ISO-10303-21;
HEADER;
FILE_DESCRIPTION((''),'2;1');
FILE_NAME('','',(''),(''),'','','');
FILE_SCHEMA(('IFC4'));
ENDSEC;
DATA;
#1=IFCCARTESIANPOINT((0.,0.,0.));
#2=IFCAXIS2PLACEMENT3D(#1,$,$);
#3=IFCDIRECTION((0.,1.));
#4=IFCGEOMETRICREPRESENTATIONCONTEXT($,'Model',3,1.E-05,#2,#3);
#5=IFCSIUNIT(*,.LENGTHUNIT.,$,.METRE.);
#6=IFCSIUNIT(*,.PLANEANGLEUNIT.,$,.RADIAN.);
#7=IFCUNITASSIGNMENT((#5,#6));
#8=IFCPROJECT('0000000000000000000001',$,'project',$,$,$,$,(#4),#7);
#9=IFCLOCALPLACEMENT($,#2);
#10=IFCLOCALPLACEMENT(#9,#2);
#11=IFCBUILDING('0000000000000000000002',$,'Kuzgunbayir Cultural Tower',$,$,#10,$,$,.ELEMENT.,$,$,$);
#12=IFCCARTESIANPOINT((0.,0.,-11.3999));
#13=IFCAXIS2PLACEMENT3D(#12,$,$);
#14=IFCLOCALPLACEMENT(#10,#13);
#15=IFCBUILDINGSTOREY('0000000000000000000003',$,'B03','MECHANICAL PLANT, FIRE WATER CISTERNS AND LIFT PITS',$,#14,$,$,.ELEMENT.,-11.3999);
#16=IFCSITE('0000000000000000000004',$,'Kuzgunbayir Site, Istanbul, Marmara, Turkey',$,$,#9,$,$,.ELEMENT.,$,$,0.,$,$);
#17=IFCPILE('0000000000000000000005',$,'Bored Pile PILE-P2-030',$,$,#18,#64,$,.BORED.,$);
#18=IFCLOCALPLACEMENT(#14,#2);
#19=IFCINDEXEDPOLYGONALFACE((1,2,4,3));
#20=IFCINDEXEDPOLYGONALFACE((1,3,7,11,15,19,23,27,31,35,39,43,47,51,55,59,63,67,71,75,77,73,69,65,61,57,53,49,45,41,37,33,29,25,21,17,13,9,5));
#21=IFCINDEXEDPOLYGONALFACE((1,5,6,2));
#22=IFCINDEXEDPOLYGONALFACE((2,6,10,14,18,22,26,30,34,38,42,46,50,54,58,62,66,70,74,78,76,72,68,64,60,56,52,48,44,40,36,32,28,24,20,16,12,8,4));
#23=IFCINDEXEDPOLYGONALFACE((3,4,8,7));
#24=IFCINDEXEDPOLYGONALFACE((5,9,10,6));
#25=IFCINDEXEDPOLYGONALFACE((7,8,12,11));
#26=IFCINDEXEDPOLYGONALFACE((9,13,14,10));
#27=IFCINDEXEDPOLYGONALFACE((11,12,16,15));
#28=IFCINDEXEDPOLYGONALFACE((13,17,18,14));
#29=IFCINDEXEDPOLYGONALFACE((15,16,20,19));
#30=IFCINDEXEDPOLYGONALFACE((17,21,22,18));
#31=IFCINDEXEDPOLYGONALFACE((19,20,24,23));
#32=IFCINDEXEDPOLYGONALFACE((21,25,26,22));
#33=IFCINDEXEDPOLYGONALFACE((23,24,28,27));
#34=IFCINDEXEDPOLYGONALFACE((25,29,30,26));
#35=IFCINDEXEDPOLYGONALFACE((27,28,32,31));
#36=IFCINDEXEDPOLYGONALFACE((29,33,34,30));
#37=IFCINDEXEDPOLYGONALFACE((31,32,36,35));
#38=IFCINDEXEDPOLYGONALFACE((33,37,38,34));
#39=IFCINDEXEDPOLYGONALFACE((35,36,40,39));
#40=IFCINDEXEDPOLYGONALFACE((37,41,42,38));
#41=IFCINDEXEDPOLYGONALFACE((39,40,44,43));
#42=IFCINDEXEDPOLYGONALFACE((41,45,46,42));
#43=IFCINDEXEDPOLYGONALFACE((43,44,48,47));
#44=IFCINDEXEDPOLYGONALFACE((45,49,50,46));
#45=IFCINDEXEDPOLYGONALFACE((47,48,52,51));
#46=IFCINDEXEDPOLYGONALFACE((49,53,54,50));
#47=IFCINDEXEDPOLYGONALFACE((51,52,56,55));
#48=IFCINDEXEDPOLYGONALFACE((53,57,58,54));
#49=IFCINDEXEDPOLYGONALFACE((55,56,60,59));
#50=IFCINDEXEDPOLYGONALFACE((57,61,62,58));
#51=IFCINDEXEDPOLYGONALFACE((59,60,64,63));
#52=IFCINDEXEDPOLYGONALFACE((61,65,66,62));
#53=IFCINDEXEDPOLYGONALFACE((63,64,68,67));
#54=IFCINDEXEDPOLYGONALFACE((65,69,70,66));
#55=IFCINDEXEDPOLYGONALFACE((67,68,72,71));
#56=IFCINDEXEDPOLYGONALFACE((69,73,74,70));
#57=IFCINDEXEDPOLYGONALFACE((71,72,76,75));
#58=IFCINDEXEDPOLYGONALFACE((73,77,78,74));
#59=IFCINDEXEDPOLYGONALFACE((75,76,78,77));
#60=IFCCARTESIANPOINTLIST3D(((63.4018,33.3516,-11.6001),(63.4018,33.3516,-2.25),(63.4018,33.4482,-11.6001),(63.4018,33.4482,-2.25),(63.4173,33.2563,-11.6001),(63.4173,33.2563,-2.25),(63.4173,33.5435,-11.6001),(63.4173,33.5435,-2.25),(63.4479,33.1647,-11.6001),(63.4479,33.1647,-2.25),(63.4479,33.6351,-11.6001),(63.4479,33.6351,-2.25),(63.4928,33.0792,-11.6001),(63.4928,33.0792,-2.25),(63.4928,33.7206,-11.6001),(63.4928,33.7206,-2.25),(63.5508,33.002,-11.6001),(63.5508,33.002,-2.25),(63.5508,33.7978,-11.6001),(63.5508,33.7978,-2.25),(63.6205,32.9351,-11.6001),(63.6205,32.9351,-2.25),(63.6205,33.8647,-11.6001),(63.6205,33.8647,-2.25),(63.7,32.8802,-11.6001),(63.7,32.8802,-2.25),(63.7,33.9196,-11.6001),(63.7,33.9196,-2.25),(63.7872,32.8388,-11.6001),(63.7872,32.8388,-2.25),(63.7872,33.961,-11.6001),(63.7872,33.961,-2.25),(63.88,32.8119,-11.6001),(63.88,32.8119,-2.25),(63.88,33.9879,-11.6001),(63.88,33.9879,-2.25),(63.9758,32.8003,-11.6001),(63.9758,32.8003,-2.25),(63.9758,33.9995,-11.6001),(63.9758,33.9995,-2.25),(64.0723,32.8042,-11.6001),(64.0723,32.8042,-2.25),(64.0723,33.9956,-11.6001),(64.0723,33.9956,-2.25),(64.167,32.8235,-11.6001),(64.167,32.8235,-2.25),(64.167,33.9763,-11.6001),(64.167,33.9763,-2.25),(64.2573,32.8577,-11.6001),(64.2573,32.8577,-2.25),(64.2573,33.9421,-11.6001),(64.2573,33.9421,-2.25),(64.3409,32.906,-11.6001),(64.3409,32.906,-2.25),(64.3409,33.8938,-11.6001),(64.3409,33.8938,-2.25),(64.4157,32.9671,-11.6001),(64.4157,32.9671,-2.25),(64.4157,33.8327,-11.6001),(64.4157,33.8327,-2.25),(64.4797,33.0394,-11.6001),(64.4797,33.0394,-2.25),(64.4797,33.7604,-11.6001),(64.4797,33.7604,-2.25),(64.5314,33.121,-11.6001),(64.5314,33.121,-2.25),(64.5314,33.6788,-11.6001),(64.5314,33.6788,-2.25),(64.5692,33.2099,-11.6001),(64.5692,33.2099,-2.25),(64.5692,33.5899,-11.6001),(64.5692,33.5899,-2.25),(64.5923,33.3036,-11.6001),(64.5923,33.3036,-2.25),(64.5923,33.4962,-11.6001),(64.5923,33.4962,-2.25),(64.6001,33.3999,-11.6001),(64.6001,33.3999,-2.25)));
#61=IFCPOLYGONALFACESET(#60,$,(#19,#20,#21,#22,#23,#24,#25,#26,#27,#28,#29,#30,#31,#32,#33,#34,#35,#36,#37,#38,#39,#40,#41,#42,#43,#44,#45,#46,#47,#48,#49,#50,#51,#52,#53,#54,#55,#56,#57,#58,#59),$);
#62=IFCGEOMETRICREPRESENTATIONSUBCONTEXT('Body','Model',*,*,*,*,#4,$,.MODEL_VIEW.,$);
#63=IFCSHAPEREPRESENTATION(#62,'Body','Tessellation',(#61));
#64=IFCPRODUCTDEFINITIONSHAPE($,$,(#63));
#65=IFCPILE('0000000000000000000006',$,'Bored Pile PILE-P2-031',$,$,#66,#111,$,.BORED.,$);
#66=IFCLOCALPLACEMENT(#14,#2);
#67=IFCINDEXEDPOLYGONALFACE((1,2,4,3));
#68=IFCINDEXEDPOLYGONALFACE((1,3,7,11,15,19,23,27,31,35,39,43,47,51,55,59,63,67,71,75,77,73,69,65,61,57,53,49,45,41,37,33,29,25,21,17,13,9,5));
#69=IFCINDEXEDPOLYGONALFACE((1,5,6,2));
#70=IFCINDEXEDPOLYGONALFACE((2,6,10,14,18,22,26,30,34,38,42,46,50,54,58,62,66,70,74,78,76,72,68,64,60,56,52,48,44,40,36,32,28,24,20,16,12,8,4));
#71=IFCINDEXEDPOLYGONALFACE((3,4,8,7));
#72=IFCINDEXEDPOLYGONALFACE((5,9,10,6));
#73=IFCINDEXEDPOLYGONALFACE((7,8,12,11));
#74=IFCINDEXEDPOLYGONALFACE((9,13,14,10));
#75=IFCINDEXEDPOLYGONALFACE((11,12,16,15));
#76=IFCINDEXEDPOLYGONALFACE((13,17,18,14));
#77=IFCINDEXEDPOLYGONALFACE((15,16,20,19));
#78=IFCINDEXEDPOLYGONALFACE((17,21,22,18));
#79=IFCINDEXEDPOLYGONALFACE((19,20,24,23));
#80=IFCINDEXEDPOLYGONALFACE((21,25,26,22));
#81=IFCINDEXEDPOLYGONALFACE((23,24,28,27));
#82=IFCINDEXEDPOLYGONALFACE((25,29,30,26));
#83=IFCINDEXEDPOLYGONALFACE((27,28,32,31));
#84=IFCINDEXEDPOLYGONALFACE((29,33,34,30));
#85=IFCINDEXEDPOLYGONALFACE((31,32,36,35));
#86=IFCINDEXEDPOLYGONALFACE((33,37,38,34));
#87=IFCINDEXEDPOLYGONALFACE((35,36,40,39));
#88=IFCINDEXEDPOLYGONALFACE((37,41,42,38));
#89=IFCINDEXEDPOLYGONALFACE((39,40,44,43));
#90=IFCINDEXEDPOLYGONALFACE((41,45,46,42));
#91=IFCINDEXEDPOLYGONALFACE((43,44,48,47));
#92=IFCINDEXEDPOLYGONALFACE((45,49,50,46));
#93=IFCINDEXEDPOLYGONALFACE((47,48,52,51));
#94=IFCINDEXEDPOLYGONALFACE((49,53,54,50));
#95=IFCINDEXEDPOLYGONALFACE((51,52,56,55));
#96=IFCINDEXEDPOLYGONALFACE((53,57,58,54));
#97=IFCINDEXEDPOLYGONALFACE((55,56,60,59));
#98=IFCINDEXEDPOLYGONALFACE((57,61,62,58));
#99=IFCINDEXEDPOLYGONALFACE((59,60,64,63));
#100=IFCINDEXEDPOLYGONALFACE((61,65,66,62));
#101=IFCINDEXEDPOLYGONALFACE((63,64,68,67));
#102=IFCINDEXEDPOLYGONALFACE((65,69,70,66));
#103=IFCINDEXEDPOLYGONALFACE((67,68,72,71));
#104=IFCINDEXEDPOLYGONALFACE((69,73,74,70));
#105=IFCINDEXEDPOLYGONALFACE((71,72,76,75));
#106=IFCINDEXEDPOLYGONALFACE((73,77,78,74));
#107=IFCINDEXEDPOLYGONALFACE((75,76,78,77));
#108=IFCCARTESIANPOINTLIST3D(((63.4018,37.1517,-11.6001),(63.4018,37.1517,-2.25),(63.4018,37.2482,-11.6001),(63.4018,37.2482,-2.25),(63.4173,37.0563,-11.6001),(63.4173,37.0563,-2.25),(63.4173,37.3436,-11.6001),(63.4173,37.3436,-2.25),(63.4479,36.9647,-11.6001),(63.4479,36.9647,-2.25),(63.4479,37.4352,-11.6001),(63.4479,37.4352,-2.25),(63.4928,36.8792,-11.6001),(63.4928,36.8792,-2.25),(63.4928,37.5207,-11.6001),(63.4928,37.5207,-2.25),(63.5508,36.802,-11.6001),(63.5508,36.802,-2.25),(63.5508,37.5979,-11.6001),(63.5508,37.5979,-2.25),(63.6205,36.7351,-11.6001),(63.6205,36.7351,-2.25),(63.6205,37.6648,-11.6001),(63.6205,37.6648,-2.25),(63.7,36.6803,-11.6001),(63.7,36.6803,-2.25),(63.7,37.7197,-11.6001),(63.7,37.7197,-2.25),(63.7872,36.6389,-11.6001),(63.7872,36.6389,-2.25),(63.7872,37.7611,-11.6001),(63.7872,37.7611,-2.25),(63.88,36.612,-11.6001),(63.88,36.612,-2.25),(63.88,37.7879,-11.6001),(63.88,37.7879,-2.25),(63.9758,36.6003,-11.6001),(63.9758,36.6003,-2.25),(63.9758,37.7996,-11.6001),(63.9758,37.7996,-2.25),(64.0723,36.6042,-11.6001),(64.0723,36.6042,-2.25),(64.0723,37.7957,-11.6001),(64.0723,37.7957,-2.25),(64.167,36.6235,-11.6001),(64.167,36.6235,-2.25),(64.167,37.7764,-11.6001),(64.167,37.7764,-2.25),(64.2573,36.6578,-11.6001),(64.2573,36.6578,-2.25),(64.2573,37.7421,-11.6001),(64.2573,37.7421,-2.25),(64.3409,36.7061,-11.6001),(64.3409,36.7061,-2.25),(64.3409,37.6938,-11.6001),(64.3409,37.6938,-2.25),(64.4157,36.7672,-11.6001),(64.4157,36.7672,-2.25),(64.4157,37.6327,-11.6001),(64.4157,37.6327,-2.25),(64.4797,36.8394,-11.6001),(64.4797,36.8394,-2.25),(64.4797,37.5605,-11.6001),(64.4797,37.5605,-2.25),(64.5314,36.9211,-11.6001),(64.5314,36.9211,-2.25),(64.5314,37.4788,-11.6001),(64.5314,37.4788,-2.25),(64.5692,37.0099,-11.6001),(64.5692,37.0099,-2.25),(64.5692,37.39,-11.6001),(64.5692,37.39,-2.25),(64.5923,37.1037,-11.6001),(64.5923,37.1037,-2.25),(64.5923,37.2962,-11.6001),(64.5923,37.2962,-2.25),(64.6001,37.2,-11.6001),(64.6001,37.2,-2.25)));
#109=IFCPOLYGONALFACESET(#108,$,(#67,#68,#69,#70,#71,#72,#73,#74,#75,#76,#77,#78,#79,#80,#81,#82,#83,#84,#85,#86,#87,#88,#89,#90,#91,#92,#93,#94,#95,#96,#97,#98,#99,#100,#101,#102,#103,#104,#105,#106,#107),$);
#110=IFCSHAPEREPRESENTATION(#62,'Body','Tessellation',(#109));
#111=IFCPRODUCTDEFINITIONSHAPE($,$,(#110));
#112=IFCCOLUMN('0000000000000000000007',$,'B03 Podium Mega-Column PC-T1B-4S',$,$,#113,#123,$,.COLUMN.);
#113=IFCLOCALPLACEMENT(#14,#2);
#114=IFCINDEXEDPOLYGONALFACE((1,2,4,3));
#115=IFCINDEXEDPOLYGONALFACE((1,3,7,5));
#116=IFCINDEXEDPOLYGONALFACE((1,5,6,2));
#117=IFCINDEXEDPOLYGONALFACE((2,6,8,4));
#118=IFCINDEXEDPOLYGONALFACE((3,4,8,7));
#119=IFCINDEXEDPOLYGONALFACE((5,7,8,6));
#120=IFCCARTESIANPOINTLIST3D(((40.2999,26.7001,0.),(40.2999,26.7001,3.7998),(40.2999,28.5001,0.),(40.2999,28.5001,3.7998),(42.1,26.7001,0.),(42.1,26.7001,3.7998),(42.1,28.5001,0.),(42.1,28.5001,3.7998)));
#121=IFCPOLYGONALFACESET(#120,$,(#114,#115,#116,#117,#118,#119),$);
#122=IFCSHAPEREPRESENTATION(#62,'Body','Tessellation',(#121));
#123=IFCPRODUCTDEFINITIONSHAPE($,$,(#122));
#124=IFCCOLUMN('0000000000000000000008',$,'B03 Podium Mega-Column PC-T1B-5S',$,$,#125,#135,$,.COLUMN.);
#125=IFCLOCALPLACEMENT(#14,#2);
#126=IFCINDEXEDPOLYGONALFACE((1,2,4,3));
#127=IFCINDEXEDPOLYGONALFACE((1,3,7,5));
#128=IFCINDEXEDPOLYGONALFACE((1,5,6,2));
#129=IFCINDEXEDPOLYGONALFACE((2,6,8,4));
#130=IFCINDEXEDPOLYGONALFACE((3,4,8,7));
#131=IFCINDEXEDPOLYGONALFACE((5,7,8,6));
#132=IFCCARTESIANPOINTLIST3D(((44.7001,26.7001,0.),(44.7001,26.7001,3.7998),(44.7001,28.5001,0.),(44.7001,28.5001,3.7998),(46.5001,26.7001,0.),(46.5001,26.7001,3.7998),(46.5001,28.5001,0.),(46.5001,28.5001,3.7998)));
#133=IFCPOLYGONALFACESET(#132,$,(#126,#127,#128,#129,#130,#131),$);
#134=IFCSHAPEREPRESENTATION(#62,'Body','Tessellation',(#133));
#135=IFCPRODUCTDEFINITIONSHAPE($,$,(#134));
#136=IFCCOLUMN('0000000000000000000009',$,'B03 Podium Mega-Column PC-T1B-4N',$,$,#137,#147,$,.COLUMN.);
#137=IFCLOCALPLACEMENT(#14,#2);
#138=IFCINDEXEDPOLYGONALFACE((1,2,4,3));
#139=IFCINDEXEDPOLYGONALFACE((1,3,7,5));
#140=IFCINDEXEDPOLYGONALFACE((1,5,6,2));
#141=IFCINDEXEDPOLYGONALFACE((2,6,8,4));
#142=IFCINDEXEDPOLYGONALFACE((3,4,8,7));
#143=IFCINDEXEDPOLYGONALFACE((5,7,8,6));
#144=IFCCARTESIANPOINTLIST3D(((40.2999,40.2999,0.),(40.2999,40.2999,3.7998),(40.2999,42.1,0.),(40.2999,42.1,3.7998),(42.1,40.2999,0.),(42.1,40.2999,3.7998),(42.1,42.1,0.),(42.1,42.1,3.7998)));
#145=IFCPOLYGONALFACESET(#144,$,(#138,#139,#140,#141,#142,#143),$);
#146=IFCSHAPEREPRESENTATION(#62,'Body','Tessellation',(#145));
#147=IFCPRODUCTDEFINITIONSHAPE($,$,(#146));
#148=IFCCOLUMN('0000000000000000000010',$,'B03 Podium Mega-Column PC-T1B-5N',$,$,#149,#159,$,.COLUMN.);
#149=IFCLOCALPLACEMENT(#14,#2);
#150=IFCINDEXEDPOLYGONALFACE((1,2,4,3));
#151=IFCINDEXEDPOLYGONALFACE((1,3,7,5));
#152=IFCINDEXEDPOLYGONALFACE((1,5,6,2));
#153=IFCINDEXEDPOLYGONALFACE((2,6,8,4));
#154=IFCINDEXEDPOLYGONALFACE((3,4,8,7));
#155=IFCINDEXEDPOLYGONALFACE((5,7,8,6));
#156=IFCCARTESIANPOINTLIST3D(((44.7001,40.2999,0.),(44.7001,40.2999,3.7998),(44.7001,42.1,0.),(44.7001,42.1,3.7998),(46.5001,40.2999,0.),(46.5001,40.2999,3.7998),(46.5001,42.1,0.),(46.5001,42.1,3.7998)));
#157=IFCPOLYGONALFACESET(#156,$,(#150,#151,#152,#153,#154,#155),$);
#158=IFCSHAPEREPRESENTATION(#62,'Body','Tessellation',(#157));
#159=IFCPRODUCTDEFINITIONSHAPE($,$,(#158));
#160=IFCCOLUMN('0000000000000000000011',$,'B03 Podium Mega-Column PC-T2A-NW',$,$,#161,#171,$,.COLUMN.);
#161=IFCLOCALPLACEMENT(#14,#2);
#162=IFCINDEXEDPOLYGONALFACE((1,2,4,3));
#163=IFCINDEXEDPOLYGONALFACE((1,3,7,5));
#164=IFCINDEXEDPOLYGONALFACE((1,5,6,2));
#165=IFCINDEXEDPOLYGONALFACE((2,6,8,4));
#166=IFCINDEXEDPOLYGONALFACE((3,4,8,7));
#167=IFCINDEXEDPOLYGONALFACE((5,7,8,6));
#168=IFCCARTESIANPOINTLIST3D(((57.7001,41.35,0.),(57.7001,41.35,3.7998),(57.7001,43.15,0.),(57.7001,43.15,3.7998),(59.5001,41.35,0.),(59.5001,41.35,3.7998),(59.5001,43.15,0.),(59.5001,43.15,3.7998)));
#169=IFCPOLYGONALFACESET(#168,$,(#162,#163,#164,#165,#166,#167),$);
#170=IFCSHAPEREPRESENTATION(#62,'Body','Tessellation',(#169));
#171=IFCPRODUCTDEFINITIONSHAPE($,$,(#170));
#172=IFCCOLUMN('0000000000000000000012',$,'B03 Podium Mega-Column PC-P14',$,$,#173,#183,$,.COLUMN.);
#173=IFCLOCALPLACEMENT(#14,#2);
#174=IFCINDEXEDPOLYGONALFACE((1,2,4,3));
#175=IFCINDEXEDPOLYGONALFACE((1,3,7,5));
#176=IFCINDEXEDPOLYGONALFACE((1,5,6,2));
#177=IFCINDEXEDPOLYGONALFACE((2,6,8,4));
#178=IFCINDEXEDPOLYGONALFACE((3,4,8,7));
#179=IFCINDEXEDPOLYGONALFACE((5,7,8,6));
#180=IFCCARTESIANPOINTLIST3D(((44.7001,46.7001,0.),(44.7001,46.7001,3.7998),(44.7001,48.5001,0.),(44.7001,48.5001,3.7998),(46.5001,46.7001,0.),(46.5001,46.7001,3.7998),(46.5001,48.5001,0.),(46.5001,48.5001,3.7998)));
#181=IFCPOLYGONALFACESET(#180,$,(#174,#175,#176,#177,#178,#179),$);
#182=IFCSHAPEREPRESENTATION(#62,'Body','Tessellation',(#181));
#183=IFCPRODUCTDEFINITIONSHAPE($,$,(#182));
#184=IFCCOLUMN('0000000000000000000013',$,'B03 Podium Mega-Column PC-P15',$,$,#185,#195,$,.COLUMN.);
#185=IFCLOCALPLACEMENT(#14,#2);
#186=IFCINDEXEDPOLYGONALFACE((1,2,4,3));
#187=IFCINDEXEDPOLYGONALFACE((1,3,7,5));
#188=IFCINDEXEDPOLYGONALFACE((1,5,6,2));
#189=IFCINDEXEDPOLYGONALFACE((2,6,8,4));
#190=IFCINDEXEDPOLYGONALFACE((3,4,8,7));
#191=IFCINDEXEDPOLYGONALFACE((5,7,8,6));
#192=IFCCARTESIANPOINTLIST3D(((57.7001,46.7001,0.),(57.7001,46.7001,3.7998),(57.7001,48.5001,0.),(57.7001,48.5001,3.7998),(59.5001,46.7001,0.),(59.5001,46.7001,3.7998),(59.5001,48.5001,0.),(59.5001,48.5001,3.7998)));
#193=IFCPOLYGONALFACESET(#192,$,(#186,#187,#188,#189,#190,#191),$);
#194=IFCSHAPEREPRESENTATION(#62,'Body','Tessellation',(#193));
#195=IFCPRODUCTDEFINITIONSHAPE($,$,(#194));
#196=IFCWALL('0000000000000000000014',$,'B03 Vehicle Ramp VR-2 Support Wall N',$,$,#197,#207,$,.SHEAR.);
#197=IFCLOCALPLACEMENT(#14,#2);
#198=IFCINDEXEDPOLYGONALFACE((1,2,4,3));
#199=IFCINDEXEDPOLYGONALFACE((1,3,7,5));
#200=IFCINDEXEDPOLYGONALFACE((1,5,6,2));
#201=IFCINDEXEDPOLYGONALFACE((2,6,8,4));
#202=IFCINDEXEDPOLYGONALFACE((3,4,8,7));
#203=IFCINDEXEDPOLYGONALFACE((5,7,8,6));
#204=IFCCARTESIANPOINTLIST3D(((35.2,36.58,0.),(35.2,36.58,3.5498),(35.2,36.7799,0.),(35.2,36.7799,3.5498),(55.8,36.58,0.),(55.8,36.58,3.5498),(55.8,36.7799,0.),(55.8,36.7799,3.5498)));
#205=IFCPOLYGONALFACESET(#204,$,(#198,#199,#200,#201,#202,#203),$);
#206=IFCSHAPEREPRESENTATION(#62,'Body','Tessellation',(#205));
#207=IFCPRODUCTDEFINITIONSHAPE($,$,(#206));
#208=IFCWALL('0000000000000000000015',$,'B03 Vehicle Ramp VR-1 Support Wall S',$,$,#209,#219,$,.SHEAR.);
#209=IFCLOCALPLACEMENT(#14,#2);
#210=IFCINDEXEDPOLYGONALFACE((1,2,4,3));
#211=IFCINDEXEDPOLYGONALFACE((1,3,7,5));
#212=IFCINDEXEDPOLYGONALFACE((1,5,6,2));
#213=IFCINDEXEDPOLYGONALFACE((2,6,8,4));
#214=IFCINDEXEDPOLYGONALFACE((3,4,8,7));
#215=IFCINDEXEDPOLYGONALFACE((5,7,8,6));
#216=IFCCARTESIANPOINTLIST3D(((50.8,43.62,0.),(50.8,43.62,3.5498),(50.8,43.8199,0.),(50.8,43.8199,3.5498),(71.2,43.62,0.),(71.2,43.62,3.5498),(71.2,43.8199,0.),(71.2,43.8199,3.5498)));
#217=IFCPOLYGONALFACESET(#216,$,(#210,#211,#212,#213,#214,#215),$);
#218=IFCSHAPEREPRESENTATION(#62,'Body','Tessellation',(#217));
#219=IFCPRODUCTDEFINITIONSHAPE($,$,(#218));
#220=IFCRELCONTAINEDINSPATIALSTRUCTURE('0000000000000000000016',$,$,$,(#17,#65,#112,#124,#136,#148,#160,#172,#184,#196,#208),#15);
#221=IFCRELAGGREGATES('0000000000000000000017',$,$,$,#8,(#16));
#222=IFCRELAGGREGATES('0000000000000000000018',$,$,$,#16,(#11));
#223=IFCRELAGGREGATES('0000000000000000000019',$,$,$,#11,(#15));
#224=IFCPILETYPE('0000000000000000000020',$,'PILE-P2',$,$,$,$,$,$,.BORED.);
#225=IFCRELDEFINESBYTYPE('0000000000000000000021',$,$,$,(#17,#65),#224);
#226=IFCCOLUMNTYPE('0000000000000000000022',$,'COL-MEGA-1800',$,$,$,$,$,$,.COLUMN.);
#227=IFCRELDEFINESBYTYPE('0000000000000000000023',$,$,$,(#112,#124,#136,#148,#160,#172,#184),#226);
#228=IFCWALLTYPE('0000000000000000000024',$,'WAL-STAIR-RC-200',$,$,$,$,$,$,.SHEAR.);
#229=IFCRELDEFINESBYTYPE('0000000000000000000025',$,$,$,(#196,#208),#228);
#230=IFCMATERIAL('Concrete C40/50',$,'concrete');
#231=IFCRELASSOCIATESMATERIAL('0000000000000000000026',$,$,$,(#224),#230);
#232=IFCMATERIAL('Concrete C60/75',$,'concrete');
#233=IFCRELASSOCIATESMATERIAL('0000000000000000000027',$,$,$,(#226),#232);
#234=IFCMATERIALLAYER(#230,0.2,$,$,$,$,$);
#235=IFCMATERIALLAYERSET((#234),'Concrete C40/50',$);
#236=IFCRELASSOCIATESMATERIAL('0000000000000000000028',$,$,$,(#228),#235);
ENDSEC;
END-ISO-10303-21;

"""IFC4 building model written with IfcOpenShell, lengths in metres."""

from ifc_helpers import new_model, si_unit, direction, frame, frame_2d, origin, origin_2d, place, context, subcontext, project, spatial, rectangle, circle, extrude, material, layer, layer_set, material_profile, profile_set, type_object, element, save


model = new_model("IFC4")

# Units and contexts
model_context = context("Model", 3, precision=1e-05, world=origin(), true_north=direction((0.0, 1.0)))
body_context = subcontext(model_context, "Body", "Model", "MODEL_VIEW")
ifc_project = project(units=[si_unit("LENGTHUNIT", "METRE"), si_unit("PLANEANGLEUNIT", "RADIAN")], contexts=[model_context])

# Site, building, storey
site_placement = place(None, origin())
site = spatial("IfcSite", under=ifc_project, at=site_placement, Name="Kuzgunbayir Site, Istanbul, Marmara, Turkey", CompositionType="ELEMENT", RefElevation=0.0)
building_placement = place(site_placement, origin())
building = spatial("IfcBuilding", under=site, at=building_placement, Name="Kuzgunbayir Cultural Tower", CompositionType="ELEMENT")
storey_placement = place(building_placement, frame((0.0, 0.0, -11.3999)))
storey = spatial("IfcBuildingStorey", under=building, at=storey_placement, Name="B03", Description="MECHANICAL PLANT, FIRE WATER CISTERNS AND LIFT PITS", CompositionType="ELEMENT", Elevation=-11.3999)

# Piles
ifc_material_1 = material(Name="Concrete C40/50", Category="concrete")
ifc_material_profile_1 = material_profile(ifc_material_1, circle(Radius=0.6001, at=origin_2d()), Name="BORED PILE 1200")
ifc_profile_set_1 = profile_set([ifc_material_profile_1], Name="Concrete C40/50")
pile_type_1 = type_object("IfcPileType", Name="PILE-P2", PredefinedType="BORED", material=ifc_profile_set_1)
for number, where, z_axis, x_axis, name in (
    (1, (64.0, 33.3999, -2.25), (0.0, 0.0, -1.0), (1.0, 0.0, 0.0), "Bored Pile PILE-P2-030"),
    (2, (64.0, 37.2, -2.25), (0.0, 0.0, -1.0), (1.0, 0.0, 0.0), "Bored Pile PILE-P2-031"),
):
    element("IfcPile", number, at=place(storey_placement, frame(where, z_axis=z_axis, x_axis=x_axis)), inside=storey, type_object=pile_type_1, Name=name, PredefinedType="BORED", context=body_context, shape_type="SweptSolid", body=[
        extrude(circle(Radius=0.6001, at=origin_2d()), origin(), (0.0, 0.0, 1.0), 9.3501),
    ])

# Columns
ifc_material_2 = material(Name="Concrete C60/75", Category="concrete")
ifc_material_profile_2 = material_profile(ifc_material_2, rectangle(XDim=1.8, YDim=1.8, at=origin_2d()), Name="RC 1800x1800")
ifc_profile_set_2 = profile_set([ifc_material_profile_2], Name="Concrete C60/75")
column_type = type_object("IfcColumnType", Name="COL-MEGA-1800", PredefinedType="COLUMN", material=ifc_profile_set_2)
for number, where, z_axis, x_axis, name in (
    (3, (41.2, 27.6001, 0.0), (0.0, 0.0, 1.0), (1.0, 0.0, 0.0), "B03 Podium Mega-Column PC-T1B-4S"),
    (4, (45.6001, 27.6001, 0.0), (0.0, 0.0, 1.0), (1.0, 0.0, 0.0), "B03 Podium Mega-Column PC-T1B-5S"),
    (5, (41.2, 41.2, 0.0), (0.0, 0.0, 1.0), (1.0, 0.0, 0.0), "B03 Podium Mega-Column PC-T1B-4N"),
    (6, (45.6001, 41.2, 0.0), (0.0, 0.0, 1.0), (1.0, 0.0, 0.0), "B03 Podium Mega-Column PC-T1B-5N"),
    (7, (58.6001, 42.25, 0.0), (0.0, 0.0, 1.0), (1.0, 0.0, 0.0), "B03 Podium Mega-Column PC-T2A-NW"),
    (8, (45.6001, 47.6001, 0.0), (0.0, 0.0, 1.0), (1.0, 0.0, 0.0), "B03 Podium Mega-Column PC-P14"),
    (9, (58.6001, 47.6001, 0.0), (0.0, 0.0, 1.0), (1.0, 0.0, 0.0), "B03 Podium Mega-Column PC-P15"),
):
    element("IfcColumn", number, at=place(storey_placement, frame(where, z_axis=z_axis, x_axis=x_axis)), inside=storey, type_object=column_type, Name=name, PredefinedType="COLUMN", context=body_context, shape_type="SweptSolid", body=[
        extrude(rectangle(XDim=1.8, YDim=1.8, at=origin_2d()), origin(), (0.0, 0.0, 1.0), 3.7998),
    ])

# Walls
ifc_layer = layer(ifc_material_1, 0.2)
ifc_layer_set = layer_set([ifc_layer], Name="Concrete C40/50")
wall_type = type_object("IfcWallType", Name="WAL-STAIR-RC-200", PredefinedType="SHEAR", material=ifc_layer_set)
wall_placement = place(storey_placement, frame((35.2, 36.6799, 0.0), z_axis=(0.0, 0.0, 1.0), x_axis=(1.0, 0.0, 0.0)))
element("IfcWall", 10, at=wall_placement, inside=storey, type_object=wall_type, Name="B03 Vehicle Ramp VR-2 Support Wall N", PredefinedType="SHEAR", context=body_context, shape_type="SweptSolid", body=[
    extrude(rectangle(XDim=20.6001, YDim=0.2, at=frame_2d((10.3, 0.0))), origin(), (0.0, 0.0, 1.0), 3.5498),
])
for number, where, z_axis, x_axis, name in (
    (11, (50.8, 43.72, 0.0), (0.0, 0.0, 1.0), (1.0, 0.0, 0.0), "B03 Vehicle Ramp VR-1 Support Wall S"),
):
    element("IfcWall", number, at=place(storey_placement, frame(where, z_axis=z_axis, x_axis=x_axis)), inside=storey, type_object=wall_type, Name=name, PredefinedType="SHEAR", context=body_context, shape_type="SweptSolid", body=[
        extrude(rectangle(XDim=20.3999, YDim=0.2, at=frame_2d((10.2, 0.0))), origin(), (0.0, 0.0, 1.0), 3.5498),
    ])

save(model, "model.ifc")
